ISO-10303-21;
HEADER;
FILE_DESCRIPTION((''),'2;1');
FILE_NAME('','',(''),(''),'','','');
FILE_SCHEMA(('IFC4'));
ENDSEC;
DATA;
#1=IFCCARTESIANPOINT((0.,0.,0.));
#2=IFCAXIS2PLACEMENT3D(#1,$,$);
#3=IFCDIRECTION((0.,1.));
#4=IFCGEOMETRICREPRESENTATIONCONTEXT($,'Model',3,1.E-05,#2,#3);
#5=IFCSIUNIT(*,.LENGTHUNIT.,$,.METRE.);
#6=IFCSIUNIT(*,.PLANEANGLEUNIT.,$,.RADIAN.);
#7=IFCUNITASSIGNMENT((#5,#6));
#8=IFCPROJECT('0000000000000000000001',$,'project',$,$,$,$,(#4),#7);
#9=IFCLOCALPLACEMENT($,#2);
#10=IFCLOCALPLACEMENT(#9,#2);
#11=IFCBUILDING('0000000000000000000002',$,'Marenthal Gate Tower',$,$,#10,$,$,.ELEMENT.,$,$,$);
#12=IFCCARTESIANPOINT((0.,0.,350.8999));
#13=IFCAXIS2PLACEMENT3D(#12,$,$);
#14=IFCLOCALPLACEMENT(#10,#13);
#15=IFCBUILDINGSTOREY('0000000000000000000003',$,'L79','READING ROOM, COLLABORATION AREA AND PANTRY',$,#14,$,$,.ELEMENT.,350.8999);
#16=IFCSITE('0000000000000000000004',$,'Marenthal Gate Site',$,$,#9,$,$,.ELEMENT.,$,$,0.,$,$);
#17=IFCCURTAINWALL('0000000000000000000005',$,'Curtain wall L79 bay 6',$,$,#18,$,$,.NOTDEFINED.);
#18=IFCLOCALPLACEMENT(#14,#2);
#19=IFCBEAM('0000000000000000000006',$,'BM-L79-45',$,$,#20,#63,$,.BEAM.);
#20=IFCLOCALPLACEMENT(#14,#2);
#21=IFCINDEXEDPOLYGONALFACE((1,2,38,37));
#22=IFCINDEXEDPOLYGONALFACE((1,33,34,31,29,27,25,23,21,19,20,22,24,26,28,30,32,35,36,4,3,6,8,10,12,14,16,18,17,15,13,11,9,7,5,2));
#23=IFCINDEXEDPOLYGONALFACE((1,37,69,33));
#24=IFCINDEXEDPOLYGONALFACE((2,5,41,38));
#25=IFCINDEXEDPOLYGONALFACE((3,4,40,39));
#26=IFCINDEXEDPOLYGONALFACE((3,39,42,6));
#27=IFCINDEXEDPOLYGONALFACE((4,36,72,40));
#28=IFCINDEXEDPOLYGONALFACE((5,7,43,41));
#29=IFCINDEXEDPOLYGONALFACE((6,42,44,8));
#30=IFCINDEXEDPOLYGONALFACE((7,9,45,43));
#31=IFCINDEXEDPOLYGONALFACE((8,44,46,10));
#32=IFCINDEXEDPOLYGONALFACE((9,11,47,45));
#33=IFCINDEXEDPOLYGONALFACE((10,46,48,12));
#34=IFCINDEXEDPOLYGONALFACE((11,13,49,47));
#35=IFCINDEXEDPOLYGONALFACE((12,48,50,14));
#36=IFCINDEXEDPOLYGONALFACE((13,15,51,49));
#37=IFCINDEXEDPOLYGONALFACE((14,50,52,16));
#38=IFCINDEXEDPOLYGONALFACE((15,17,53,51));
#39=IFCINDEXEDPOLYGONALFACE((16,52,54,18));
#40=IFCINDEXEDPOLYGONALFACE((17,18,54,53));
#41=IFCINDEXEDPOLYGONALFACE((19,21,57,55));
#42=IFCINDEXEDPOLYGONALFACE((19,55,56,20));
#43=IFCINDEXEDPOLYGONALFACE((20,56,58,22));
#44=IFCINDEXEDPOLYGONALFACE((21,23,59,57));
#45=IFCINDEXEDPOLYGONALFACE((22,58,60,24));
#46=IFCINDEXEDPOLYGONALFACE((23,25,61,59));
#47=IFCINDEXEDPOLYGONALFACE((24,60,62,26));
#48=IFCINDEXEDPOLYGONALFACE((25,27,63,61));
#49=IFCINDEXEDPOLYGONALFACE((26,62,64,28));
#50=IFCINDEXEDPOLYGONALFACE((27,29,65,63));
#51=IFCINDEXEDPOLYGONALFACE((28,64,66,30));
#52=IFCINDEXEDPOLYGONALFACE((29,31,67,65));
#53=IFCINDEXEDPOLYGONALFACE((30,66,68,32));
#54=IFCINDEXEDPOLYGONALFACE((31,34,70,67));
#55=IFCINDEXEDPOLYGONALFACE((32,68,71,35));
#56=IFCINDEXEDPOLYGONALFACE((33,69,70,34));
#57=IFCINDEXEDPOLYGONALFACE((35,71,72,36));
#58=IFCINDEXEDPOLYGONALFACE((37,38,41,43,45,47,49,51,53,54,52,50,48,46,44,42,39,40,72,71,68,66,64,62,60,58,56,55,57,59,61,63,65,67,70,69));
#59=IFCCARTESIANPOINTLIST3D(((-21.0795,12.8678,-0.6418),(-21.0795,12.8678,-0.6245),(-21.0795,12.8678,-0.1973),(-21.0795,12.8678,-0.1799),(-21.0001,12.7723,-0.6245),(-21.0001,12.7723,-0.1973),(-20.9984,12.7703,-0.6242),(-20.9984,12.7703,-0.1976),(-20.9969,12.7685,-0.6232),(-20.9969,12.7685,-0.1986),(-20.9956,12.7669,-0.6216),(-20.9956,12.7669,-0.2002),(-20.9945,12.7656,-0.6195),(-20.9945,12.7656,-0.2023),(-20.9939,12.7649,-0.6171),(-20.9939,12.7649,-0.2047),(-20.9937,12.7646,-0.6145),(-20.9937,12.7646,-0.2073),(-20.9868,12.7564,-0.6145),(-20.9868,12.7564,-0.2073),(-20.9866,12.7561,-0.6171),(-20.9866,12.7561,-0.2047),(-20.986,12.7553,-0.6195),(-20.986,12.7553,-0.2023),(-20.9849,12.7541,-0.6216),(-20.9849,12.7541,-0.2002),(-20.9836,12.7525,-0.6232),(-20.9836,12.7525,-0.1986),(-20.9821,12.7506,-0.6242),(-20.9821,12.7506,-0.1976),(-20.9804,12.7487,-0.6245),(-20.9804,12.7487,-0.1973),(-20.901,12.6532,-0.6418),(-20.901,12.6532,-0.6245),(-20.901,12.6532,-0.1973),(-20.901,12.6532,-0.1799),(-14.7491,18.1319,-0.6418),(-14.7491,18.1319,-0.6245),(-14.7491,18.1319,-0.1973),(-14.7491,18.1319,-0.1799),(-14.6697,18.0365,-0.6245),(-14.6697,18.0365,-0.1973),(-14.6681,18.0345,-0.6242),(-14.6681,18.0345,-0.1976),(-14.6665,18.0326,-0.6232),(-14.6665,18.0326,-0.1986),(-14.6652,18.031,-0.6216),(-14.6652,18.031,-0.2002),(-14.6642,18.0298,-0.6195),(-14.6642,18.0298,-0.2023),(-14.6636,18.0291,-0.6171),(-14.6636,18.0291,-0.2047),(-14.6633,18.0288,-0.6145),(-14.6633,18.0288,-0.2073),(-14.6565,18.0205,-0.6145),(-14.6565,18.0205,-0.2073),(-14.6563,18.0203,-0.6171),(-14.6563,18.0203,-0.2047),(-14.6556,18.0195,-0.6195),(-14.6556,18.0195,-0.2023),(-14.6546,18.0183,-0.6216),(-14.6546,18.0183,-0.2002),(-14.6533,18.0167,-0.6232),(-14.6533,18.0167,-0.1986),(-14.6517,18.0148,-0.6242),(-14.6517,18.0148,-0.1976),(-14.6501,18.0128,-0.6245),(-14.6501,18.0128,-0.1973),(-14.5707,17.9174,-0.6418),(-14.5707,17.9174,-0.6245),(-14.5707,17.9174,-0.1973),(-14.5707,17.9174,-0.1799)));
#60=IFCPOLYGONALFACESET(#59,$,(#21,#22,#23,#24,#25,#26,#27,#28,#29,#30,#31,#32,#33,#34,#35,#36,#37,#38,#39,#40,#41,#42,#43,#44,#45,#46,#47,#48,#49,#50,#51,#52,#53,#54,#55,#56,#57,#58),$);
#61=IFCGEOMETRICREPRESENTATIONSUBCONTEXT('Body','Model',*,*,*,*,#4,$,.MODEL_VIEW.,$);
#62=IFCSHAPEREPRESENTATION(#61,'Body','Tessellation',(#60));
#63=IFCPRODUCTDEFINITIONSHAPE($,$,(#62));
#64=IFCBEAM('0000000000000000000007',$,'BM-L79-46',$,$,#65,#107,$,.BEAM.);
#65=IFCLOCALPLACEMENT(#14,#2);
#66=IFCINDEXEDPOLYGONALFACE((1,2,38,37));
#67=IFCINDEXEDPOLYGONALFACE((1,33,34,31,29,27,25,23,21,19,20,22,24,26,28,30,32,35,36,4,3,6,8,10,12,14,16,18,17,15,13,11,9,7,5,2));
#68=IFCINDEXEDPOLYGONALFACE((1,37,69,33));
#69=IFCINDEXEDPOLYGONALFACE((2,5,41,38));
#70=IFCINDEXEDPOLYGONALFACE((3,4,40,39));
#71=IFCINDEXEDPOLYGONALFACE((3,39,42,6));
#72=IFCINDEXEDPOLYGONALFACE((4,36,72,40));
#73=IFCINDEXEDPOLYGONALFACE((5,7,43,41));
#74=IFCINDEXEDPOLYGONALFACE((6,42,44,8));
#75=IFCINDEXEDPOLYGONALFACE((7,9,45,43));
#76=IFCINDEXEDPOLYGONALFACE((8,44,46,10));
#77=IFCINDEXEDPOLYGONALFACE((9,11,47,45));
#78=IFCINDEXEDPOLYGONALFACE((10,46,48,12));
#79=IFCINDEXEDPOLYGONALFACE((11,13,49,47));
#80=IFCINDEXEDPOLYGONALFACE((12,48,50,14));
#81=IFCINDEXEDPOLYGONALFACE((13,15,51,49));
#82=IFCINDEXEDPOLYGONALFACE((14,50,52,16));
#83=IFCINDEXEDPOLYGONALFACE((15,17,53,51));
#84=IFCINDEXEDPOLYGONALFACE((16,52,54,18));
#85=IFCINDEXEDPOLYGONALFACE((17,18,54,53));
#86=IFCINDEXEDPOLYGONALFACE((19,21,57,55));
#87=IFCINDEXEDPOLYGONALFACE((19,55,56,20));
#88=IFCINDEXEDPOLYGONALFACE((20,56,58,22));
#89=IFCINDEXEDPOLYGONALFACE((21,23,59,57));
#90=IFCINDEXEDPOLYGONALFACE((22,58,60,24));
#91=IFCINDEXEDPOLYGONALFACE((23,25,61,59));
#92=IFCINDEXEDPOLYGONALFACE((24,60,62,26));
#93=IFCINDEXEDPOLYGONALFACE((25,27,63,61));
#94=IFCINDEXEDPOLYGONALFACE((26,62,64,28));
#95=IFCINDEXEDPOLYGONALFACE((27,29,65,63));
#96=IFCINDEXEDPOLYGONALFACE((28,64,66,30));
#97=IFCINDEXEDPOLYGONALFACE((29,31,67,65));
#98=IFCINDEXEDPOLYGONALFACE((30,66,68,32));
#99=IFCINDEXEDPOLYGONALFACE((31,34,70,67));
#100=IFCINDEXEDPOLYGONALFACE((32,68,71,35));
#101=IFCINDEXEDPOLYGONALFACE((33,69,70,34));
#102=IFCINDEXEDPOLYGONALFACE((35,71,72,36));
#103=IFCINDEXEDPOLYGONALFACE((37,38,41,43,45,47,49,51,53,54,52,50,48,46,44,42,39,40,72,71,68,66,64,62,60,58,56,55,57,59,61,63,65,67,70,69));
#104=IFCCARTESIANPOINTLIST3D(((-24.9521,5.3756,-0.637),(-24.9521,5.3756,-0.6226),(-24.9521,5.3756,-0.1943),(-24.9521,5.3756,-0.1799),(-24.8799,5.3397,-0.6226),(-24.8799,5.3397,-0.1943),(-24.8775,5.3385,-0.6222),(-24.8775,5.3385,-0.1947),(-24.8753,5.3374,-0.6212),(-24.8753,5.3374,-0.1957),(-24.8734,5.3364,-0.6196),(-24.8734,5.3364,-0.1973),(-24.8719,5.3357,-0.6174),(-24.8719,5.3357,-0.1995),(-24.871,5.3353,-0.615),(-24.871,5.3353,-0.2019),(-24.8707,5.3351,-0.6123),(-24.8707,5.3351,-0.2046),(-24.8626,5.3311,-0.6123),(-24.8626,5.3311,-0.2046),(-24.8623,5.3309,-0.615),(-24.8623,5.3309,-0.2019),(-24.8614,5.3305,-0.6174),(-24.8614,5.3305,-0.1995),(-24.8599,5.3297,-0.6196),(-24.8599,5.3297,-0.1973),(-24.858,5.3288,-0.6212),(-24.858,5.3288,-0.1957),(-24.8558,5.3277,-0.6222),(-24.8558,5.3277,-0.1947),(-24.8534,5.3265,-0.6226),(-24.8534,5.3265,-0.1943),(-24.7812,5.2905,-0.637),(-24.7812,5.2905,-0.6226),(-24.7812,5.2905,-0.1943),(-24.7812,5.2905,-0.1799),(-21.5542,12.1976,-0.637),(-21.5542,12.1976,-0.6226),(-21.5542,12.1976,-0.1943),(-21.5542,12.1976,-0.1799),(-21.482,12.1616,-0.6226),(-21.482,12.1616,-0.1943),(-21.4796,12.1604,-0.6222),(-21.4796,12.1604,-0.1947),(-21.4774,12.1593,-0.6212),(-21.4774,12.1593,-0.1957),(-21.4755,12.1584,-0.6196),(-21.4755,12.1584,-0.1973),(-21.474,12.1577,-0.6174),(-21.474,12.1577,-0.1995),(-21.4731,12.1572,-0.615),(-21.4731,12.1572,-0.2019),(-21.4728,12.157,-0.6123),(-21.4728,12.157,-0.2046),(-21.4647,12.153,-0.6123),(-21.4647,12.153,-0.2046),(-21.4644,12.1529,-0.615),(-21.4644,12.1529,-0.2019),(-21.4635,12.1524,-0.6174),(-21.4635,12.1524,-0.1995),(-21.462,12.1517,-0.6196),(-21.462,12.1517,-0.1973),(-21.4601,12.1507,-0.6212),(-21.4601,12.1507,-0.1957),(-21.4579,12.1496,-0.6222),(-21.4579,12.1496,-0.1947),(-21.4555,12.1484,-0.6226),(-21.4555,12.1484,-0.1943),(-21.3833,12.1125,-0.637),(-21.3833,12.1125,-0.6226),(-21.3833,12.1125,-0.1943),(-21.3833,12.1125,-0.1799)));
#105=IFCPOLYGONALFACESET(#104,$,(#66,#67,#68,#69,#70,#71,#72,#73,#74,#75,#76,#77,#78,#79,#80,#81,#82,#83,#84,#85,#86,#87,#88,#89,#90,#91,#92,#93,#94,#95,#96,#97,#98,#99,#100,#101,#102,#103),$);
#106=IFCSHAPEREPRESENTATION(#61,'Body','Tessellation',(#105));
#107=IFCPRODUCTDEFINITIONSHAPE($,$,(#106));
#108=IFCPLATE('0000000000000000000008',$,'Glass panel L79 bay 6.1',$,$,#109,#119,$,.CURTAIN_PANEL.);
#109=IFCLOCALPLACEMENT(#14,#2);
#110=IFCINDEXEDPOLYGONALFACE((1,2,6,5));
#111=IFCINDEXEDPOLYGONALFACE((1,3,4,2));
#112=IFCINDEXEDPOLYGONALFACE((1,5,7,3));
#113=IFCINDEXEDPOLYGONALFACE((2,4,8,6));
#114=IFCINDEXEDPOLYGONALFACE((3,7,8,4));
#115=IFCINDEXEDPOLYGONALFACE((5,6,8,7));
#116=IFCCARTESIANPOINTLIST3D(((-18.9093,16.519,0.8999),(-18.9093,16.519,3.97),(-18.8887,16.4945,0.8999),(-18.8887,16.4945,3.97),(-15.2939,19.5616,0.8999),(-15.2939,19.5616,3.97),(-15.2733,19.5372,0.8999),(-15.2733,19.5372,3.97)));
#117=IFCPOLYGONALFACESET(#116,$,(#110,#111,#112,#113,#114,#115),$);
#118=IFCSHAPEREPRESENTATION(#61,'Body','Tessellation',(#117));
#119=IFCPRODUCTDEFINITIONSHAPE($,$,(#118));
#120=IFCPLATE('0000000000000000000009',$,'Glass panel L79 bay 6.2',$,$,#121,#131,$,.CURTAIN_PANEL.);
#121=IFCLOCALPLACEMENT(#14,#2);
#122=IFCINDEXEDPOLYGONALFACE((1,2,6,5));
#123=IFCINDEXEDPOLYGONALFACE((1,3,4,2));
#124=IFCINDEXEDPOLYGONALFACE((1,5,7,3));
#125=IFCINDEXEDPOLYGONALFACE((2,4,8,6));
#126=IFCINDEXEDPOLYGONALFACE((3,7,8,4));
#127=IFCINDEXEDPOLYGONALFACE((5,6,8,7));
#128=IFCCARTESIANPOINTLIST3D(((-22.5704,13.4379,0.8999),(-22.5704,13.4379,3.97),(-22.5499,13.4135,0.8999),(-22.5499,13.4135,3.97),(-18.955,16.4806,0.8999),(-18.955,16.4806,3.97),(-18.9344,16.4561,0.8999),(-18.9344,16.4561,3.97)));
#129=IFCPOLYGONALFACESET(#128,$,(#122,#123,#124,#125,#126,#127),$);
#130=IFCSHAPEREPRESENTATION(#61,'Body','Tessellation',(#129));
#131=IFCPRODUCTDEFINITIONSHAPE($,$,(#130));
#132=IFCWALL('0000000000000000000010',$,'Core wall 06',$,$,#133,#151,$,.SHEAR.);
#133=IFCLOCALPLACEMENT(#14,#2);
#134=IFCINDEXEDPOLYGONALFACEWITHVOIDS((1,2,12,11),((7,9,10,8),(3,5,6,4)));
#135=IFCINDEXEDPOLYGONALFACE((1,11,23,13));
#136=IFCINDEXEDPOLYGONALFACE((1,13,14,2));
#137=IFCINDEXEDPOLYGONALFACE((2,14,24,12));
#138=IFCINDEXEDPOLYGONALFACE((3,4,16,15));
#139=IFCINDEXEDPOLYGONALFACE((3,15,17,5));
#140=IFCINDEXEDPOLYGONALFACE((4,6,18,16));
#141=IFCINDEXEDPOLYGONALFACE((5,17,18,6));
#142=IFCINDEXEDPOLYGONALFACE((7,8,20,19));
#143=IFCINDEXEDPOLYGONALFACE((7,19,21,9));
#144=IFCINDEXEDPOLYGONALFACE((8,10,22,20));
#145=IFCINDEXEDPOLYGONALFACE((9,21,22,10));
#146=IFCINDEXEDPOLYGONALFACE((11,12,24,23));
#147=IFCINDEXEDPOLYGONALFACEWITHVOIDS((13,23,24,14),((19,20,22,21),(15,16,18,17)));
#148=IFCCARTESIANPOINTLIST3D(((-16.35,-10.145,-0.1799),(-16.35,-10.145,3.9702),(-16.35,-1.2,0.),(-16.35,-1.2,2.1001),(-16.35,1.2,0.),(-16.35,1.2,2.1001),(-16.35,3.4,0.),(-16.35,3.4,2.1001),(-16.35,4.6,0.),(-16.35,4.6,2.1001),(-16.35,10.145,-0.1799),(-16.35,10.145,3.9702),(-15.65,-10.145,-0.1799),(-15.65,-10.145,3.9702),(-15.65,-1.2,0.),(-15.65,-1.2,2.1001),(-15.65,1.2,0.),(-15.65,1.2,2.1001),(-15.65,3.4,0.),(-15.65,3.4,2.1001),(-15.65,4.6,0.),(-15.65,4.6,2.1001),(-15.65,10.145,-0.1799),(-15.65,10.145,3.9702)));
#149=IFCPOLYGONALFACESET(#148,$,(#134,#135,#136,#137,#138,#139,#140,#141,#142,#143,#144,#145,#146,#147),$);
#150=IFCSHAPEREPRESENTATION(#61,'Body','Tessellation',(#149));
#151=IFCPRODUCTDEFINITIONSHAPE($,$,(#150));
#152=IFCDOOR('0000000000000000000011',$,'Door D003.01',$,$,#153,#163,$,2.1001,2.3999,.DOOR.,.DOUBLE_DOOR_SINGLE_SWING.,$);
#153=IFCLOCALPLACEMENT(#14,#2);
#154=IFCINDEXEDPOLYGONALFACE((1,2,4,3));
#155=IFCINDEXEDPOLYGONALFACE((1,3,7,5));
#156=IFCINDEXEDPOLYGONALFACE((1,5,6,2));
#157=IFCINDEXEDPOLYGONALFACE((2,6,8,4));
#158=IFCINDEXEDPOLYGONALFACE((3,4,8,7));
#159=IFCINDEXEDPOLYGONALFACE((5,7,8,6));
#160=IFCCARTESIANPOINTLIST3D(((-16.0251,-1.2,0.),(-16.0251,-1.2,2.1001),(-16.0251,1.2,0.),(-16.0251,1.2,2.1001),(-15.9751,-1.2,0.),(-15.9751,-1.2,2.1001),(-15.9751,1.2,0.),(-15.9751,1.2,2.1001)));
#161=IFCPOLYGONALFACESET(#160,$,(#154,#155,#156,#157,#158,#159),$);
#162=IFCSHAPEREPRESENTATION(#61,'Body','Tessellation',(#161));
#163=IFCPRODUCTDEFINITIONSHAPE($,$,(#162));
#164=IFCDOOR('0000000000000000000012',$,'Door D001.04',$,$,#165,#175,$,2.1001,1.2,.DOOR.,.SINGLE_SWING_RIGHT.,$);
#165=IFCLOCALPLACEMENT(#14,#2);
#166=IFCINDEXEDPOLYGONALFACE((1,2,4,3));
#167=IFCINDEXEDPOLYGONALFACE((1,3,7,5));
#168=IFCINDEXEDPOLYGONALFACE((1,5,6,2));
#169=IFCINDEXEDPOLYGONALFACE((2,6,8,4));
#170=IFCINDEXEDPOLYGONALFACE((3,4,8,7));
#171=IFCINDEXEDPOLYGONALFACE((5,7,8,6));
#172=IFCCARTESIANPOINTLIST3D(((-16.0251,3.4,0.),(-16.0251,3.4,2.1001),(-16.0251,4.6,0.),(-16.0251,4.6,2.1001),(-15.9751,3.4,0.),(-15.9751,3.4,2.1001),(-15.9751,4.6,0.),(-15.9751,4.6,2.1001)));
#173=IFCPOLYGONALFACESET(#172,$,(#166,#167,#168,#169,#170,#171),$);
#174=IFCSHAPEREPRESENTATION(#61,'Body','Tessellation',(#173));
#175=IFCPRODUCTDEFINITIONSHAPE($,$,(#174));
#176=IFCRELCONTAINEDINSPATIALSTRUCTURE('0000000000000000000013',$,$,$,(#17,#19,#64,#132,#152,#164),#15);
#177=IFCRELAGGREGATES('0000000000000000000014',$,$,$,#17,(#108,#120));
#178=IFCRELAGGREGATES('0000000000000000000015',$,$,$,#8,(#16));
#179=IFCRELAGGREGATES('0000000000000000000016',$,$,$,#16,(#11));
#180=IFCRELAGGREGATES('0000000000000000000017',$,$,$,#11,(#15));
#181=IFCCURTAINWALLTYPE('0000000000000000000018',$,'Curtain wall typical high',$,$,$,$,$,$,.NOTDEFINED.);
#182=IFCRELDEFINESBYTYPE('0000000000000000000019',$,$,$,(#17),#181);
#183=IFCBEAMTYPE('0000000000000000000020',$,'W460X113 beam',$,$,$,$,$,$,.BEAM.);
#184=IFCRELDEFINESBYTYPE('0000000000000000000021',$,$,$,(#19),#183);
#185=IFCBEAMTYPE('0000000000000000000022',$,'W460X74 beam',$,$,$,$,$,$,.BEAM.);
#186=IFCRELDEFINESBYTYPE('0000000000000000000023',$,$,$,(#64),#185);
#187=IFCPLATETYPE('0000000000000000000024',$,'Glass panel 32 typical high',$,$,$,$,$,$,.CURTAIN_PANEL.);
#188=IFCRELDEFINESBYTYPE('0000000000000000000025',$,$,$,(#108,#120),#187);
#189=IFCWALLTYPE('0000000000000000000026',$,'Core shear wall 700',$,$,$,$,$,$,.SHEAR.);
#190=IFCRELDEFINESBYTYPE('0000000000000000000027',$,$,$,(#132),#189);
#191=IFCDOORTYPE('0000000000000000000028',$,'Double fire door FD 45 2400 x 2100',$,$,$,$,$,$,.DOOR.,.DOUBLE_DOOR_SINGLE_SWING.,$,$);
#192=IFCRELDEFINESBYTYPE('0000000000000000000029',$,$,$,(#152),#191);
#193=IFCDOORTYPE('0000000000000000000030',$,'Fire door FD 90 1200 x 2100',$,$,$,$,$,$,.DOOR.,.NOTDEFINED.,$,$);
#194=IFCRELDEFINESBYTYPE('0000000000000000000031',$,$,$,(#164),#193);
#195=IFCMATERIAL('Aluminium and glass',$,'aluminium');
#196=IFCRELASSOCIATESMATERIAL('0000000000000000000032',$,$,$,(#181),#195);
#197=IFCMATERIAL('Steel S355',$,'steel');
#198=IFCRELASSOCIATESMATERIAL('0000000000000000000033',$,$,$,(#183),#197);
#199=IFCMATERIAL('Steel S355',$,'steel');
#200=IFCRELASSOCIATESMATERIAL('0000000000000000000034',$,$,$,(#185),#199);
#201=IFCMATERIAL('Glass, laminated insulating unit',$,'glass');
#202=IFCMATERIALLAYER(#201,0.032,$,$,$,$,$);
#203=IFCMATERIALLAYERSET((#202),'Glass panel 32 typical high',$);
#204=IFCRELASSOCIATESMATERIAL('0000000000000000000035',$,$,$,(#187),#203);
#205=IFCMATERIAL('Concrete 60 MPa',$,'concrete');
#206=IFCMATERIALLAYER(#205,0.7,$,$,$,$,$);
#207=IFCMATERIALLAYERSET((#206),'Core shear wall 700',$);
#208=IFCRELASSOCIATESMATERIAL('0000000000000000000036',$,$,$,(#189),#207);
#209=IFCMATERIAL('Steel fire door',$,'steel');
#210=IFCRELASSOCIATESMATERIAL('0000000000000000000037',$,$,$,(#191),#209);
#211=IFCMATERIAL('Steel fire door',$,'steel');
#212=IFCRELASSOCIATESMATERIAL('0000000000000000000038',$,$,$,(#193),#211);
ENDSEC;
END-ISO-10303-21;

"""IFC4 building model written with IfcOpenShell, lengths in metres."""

from ifc_helpers import new_model, si_unit, direction, frame, frame_2d, origin, origin_2d, place, context, subcontext, project, spatial, rectangle, i_section, extrude, material, layer, layer_set, material_profile, profile_set, type_object, element, fill, aggregate, save


model = new_model("IFC4")

# Units and contexts
model_context = context("Model", 3, precision=1e-05, world=origin(), true_north=direction((0.0, 1.0)))
body_context = subcontext(model_context, "Body", "Model", "MODEL_VIEW")
ifc_project = project(units=[si_unit("LENGTHUNIT", "METRE"), si_unit("PLANEANGLEUNIT", "RADIAN")], contexts=[model_context])

# Site, building, storey
site_placement = place(None, origin())
site = spatial("IfcSite", under=ifc_project, at=site_placement, Name="Marenthal Gate Site", CompositionType="ELEMENT", RefElevation=0.0)
building_placement = place(site_placement, origin())
building = spatial("IfcBuilding", under=site, at=building_placement, Name="Marenthal Gate Tower", CompositionType="ELEMENT")
storey_placement = place(building_placement, frame((0.0, 0.0, 350.8999)))
storey = spatial("IfcBuildingStorey", under=building, at=storey_placement, Name="L79", Description="READING ROOM, COLLABORATION AREA AND PANTRY", CompositionType="ELEMENT", Elevation=350.8999)

# Curtain wall
ifc_material_1 = material(Name="Aluminium and glass", Category="aluminium")
curtain_wall_type = type_object("IfcCurtainWallType", Name="Curtain wall typical high", PredefinedType="NOTDEFINED", material=ifc_material_1)
curtain_wall_placement = place(storey_placement, origin())
curtain_wall = element("IfcCurtainWall", 1, at=curtain_wall_placement, inside=storey, type_object=curtain_wall_type, Name="Curtain wall L79 bay 6", PredefinedType="NOTDEFINED")

# Beams
ifc_material_2 = material(Name="Steel S355", Category="steel")
ifc_material_profile_1 = material_profile(ifc_material_2, i_section(OverallWidth=0.2791, OverallDepth=0.4619, WebThickness=0.0107, FlangeThickness=0.0173, FilletRadius=0.01, at=origin_2d()), Name="W460X113")
ifc_profile_set_1 = profile_set([ifc_material_profile_1], Name="Steel S355")
beam_type_1 = type_object("IfcBeamType", Name="W460X113 beam", PredefinedType="BEAM", material=ifc_profile_set_1)
beam_1_placement = place(storey_placement, frame((-14.6599, 18.0247, -0.4109), z_axis=(-0.768884, -0.639388, 0.0), x_axis=(0.639388, -0.768884, 0.0)))
element("IfcBeam", 2, at=beam_1_placement, inside=storey, type_object=beam_type_1, Name="BM-L79-45", PredefinedType="BEAM", context=body_context, shape_type="SweptSolid", body=[
    extrude(i_section(OverallWidth=0.2791, OverallDepth=0.4619, WebThickness=0.0107, FlangeThickness=0.0173, FilletRadius=0.01, at=origin_2d()), origin(), (0.0, 0.0, 1.0), 8.2332),
])
ifc_material_3 = material(Name="Steel S355", Category="steel")
ifc_material_profile_2 = material_profile(ifc_material_3, i_section(OverallWidth=0.1909, OverallDepth=0.457, WebThickness=0.009, FlangeThickness=0.0144, FilletRadius=0.0103, at=origin_2d()), Name="W460X74")
ifc_profile_set_2 = profile_set([ifc_material_profile_2], Name="Steel S355")
beam_type_2 = type_object("IfcBeamType", Name="W460X74 beam", PredefinedType="BEAM", material=ifc_profile_set_2)
beam_2_placement = place(storey_placement, frame((-21.4688, 12.155, -0.4084), z_axis=(-0.445842, -0.895112, 0.0), x_axis=(0.895112, -0.445842, 0.0)))
element("IfcBeam", 3, at=beam_2_placement, inside=storey, type_object=beam_type_2, Name="BM-L79-46", PredefinedType="BEAM", context=body_context, shape_type="SweptSolid", body=[
    extrude(i_section(OverallWidth=0.1909, OverallDepth=0.457, WebThickness=0.009, FlangeThickness=0.0144, FilletRadius=0.0103, at=origin_2d()), origin(), (0.0, 0.0, 1.0), 7.6213),
])

# Plates
ifc_material_4 = material(Name="Glass, laminated insulating unit", Category="glass")
ifc_layer_1 = layer(ifc_material_4, 0.032)
ifc_layer_set_1 = layer_set([ifc_layer_1], Name="Glass panel 32 typical high")
plate_type = type_object("IfcPlateType", Name="Glass panel 32 typical high", PredefinedType="CURTAIN_PANEL", material=ifc_layer_set_1)
plate_1_placement = place(storey_placement, frame((-17.0913, 18.0281, 0.8999), z_axis=(0.0, 0.0, 1.0), x_axis=(-0.765113, -0.643896, 0.0)))
plate_1 = element("IfcPlate", 4, at=plate_1_placement, type_object=plate_type, Name="Glass panel L79 bay 6.1", PredefinedType="CURTAIN_PANEL", context=body_context, shape_type="SweptSolid", body=[
    extrude(rectangle(XDim=4.7253, YDim=0.032, at=origin_2d()), origin(), (0.0, 0.0, 1.0), 3.0701),
])
plate_2_placement = place(storey_placement, frame((-20.7524, 14.947, 0.8999), z_axis=(0.0, 0.0, 1.0), x_axis=(-0.765113, -0.643896, 0.0)))
plate_2 = element("IfcPlate", 5, at=plate_2_placement, type_object=plate_type, Name="Glass panel L79 bay 6.2", PredefinedType="CURTAIN_PANEL", context=body_context, shape_type="SweptSolid", body=[
    extrude(rectangle(XDim=4.7253, YDim=0.032, at=origin_2d()), origin(), (0.0, 0.0, 1.0), 3.0701),
])
aggregate(curtain_wall, [plate_1, plate_2])

# Wall, openings, doors
ifc_material_5 = material(Name="Concrete 60 MPa", Category="concrete")
ifc_layer_2 = layer(ifc_material_5, 0.7)
ifc_layer_set_2 = layer_set([ifc_layer_2], Name="Core shear wall 700")
wall_type_1 = type_object("IfcWallType", Name="Core shear wall 700", PredefinedType="SHEAR", material=ifc_layer_set_2)
wall_1_placement = place(storey_placement, frame((-16.0, 10.145, -0.1799), z_axis=(0.0, 0.0, 1.0), x_axis=(0.0, -1.0, 0.0)))
wall_1 = element("IfcWall", 6, at=wall_1_placement, inside=storey, type_object=wall_type_1, Name="Core wall 06", PredefinedType="SHEAR", context=body_context, shape_type="SweptSolid", body=[
    extrude(rectangle(XDim=20.29, YDim=0.7, at=frame_2d((10.145, 0.0))), origin(), (0.0, 0.0, 1.0), 4.1501),
])
opening_1_placement = place(wall_1_placement, frame((8.9451, 0.0, 0.1799)))
opening_1 = element("IfcOpeningElement", 7, at=opening_1_placement, cuts=wall_1, PredefinedType="OPENING", context=body_context, shape_type="SweptSolid", body=[
    extrude(rectangle(XDim=2.3999, YDim=2.1001, at=frame_2d((1.2, 1.05))), frame((0.0, 0.3599, 0.0), z_axis=(0.0, -1.0, 0.0), x_axis=(1.0, 0.0, 0.0)), (0.0, 0.0, 1.0), 0.72),
])
opening_2_placement = place(wall_1_placement, frame((5.5449, 0.0, 0.1799)))
opening_2 = element("IfcOpeningElement", 8, at=opening_2_placement, cuts=wall_1, PredefinedType="OPENING", context=body_context, shape_type="SweptSolid", body=[
    extrude(rectangle(XDim=1.2, YDim=2.1001, at=frame_2d((0.6001, 1.05))), frame((0.0, 0.3599, 0.0), z_axis=(0.0, -1.0, 0.0), x_axis=(1.0, 0.0, 0.0)), (0.0, 0.0, 1.0), 0.72),
])
ifc_material_6 = material(Name="Steel fire door", Category="steel")
door_type_1 = type_object("IfcDoorType", Name="Double fire door FD 45 2400 x 2100", OperationType="DOUBLE_DOOR_SINGLE_SWING", PredefinedType="DOOR", material=ifc_material_6)
door_1_placement = place(opening_1_placement, origin())
door_1 = element("IfcDoor", 9, at=door_1_placement, inside=storey, type_object=door_type_1, Name="Door D003.01", OperationType="DOUBLE_DOOR_SINGLE_SWING", OverallHeight=2.1001, OverallWidth=2.3999, PredefinedType="DOOR", context=body_context, shape_type="SweptSolid", body=[
    extrude(rectangle(XDim=2.3999, YDim=2.1001, at=frame_2d((1.2, 1.05))), frame((0.0, 0.0249, 0.0), z_axis=(0.0, -1.0, 0.0), x_axis=(1.0, 0.0, 0.0)), (0.0, 0.0, 1.0), 0.05),
])
fill(opening_1, door_1)
ifc_material_7 = material(Name="Steel fire door", Category="steel")
door_type_2 = type_object("IfcDoorType", Name="Fire door FD 90 1200 x 2100", OperationType="NOTDEFINED", PredefinedType="DOOR", material=ifc_material_7)
door_2_placement = place(opening_2_placement, origin())
door_2 = element("IfcDoor", 10, at=door_2_placement, inside=storey, type_object=door_type_2, Name="Door D001.04", OperationType="SINGLE_SWING_RIGHT", OverallHeight=2.1001, OverallWidth=1.2, PredefinedType="DOOR", context=body_context, shape_type="SweptSolid", body=[
    extrude(rectangle(XDim=1.2, YDim=2.1001, at=frame_2d((0.6001, 1.05))), frame((0.0, 0.0249, 0.0), z_axis=(0.0, -1.0, 0.0), x_axis=(1.0, 0.0, 0.0)), (0.0, 0.0, 1.0), 0.05),
])
fill(opening_2, door_2)

save(model, "model.ifc")
